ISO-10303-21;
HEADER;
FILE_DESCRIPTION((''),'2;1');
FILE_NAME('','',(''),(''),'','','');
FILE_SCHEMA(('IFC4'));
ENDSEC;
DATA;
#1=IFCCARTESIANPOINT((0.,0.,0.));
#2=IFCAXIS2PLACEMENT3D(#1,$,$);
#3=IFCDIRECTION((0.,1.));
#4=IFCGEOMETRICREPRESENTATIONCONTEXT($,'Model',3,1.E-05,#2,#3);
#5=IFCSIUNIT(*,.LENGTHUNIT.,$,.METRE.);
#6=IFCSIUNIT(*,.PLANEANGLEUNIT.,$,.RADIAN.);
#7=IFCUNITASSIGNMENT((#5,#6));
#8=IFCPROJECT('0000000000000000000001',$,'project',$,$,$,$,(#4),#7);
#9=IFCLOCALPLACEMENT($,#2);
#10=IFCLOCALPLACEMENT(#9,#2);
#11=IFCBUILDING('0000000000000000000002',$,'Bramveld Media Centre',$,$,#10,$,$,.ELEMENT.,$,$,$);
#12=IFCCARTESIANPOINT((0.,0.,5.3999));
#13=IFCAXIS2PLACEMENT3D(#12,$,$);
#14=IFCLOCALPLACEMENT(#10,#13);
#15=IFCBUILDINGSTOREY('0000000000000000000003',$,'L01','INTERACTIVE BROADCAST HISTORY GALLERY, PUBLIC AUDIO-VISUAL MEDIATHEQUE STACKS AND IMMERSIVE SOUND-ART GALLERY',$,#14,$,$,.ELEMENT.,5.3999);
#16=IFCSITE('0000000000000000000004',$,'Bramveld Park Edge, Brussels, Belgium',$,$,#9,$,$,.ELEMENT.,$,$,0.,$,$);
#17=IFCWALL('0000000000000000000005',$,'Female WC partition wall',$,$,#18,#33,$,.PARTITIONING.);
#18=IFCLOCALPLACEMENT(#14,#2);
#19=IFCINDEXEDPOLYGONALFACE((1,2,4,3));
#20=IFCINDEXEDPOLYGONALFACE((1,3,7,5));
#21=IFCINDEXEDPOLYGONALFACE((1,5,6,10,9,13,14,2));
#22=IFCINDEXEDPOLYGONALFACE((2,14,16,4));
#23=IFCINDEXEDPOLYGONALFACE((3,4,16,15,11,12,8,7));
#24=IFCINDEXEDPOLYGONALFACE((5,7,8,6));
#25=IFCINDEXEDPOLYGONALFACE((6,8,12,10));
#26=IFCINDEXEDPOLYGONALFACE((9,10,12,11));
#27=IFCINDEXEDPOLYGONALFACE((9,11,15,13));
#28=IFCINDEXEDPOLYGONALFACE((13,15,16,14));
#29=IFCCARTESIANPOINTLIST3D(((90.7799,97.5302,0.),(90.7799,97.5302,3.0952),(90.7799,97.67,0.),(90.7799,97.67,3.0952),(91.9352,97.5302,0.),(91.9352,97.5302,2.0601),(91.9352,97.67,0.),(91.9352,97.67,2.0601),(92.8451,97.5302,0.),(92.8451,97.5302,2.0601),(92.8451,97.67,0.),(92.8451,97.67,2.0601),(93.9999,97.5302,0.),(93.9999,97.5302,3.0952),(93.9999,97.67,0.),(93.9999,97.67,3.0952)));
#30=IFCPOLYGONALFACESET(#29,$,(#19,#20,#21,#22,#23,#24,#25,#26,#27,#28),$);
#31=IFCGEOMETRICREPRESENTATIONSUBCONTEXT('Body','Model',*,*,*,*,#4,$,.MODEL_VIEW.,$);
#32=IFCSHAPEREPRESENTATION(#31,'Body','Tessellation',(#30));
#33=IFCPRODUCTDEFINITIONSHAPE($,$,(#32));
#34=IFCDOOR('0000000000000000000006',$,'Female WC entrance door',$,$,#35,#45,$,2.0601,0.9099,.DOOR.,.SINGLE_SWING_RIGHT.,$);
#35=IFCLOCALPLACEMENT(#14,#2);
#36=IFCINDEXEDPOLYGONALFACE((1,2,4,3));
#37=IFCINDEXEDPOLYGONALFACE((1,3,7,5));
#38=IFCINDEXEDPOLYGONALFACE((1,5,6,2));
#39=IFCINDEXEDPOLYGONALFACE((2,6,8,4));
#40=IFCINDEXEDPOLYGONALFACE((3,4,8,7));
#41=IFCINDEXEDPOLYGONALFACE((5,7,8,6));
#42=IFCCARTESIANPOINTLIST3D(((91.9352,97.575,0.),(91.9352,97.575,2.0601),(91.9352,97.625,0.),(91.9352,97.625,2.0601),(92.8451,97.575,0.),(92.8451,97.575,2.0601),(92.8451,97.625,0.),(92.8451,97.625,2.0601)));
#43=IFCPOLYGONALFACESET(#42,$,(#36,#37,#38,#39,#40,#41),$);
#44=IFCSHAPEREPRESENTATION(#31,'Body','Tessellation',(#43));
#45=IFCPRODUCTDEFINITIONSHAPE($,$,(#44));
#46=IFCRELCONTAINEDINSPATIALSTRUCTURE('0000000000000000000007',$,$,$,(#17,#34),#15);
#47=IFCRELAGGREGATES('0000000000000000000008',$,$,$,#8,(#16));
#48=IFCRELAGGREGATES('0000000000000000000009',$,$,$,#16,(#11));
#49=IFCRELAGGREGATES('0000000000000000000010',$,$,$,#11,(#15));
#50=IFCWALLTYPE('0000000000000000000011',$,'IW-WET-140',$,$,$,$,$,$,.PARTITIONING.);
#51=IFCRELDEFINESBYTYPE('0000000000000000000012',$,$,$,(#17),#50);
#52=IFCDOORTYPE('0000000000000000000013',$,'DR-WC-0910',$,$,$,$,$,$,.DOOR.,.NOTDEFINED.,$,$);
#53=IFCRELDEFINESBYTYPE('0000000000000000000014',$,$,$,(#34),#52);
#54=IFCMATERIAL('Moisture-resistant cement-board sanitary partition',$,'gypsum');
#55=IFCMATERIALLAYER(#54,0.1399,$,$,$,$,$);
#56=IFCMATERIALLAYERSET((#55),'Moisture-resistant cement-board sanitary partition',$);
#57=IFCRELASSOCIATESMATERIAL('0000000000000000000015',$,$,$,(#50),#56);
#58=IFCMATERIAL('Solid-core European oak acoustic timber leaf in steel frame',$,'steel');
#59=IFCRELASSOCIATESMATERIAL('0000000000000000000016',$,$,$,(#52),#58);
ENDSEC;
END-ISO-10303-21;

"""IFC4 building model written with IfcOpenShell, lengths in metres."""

from ifc_helpers import new_model, si_unit, direction, frame, frame_2d, origin, place, context, subcontext, project, spatial, rectangle, extrude, material, layer, layer_set, type_object, element, fill, save


model = new_model("IFC4")

# Units and contexts
model_context = context("Model", 3, precision=1e-05, world=origin(), true_north=direction((0.0, 1.0)))
body_context = subcontext(model_context, "Body", "Model", "MODEL_VIEW")
ifc_project = project(units=[si_unit("LENGTHUNIT", "METRE"), si_unit("PLANEANGLEUNIT", "RADIAN")], contexts=[model_context])

# Site, building, storey
site_placement = place(None, origin())
site = spatial("IfcSite", under=ifc_project, at=site_placement, Name="Bramveld Park Edge, Brussels, Belgium", CompositionType="ELEMENT", RefElevation=0.0)
building_placement = place(site_placement, origin())
building = spatial("IfcBuilding", under=site, at=building_placement, Name="Bramveld Media Centre", CompositionType="ELEMENT")
storey_placement = place(building_placement, frame((0.0, 0.0, 5.3999)))
storey = spatial("IfcBuildingStorey", under=building, at=storey_placement, Name="L01", Description="INTERACTIVE BROADCAST HISTORY GALLERY, PUBLIC AUDIO-VISUAL MEDIATHEQUE STACKS AND IMMERSIVE SOUND-ART GALLERY", CompositionType="ELEMENT", Elevation=5.3999)

# Wall, opening, door
ifc_material_1 = material(Name="Moisture-resistant cement-board sanitary partition", Category="gypsum")
ifc_layer_1 = layer(ifc_material_1, 0.1399)
ifc_layer_set_1 = layer_set([ifc_layer_1], Name="Moisture-resistant cement-board sanitary partition")
wall_type_1 = type_object("IfcWallType", Name="IW-WET-140", PredefinedType="PARTITIONING", material=ifc_layer_set_1)
wall_1_placement = place(storey_placement, frame((90.78, 97.6001, 0.0), z_axis=(0.0, 0.0, 1.0), x_axis=(1.0, 0.0, 0.0)))
wall_1 = element("IfcWall", 1, at=wall_1_placement, inside=storey, type_object=wall_type_1, Name="Female WC partition wall", PredefinedType="PARTITIONING", context=body_context, shape_type="SweptSolid", body=[
    extrude(rectangle(XDim=3.22, YDim=0.1399, at=frame_2d((1.6099, 0.0))), origin(), (0.0, 0.0, 1.0), 3.0952),
])
opening_1_placement = place(wall_1_placement, frame((1.155, 0.0, 0.0)))
opening_1 = element("IfcOpeningElement", 2, at=opening_1_placement, cuts=wall_1, PredefinedType="OPENING", context=body_context, shape_type="SweptSolid", body=[
    extrude(rectangle(XDim=0.9099, YDim=2.0601, at=frame_2d((0.4551, 1.03))), frame((0.0, 0.082, 0.0), z_axis=(0.0, -1.0, 0.0), x_axis=(1.0, 0.0, 0.0)), (0.0, 0.0, 1.0), 0.1638),
])
ifc_material_2 = material(Name="Solid-core European oak acoustic timber leaf in steel frame", Category="steel")
door_type_1 = type_object("IfcDoorType", Name="DR-WC-0910", OperationType="NOTDEFINED", PredefinedType="DOOR", material=ifc_material_2)
door_1_placement = place(opening_1_placement, origin())
door_1 = element("IfcDoor", 3, at=door_1_placement, inside=storey, type_object=door_type_1, Name="Female WC entrance door", OperationType="SINGLE_SWING_RIGHT", OverallHeight=2.0601, OverallWidth=0.9099, PredefinedType="DOOR", context=body_context, shape_type="SweptSolid", body=[
    extrude(rectangle(XDim=0.9099, YDim=2.0601, at=frame_2d((0.4551, 1.03))), frame((0.0, 0.0249, 0.0), z_axis=(0.0, -1.0, 0.0), x_axis=(1.0, 0.0, 0.0)), (0.0, 0.0, 1.0), 0.05),
])
fill(opening_1, door_1)

save(model, "model.ifc")
